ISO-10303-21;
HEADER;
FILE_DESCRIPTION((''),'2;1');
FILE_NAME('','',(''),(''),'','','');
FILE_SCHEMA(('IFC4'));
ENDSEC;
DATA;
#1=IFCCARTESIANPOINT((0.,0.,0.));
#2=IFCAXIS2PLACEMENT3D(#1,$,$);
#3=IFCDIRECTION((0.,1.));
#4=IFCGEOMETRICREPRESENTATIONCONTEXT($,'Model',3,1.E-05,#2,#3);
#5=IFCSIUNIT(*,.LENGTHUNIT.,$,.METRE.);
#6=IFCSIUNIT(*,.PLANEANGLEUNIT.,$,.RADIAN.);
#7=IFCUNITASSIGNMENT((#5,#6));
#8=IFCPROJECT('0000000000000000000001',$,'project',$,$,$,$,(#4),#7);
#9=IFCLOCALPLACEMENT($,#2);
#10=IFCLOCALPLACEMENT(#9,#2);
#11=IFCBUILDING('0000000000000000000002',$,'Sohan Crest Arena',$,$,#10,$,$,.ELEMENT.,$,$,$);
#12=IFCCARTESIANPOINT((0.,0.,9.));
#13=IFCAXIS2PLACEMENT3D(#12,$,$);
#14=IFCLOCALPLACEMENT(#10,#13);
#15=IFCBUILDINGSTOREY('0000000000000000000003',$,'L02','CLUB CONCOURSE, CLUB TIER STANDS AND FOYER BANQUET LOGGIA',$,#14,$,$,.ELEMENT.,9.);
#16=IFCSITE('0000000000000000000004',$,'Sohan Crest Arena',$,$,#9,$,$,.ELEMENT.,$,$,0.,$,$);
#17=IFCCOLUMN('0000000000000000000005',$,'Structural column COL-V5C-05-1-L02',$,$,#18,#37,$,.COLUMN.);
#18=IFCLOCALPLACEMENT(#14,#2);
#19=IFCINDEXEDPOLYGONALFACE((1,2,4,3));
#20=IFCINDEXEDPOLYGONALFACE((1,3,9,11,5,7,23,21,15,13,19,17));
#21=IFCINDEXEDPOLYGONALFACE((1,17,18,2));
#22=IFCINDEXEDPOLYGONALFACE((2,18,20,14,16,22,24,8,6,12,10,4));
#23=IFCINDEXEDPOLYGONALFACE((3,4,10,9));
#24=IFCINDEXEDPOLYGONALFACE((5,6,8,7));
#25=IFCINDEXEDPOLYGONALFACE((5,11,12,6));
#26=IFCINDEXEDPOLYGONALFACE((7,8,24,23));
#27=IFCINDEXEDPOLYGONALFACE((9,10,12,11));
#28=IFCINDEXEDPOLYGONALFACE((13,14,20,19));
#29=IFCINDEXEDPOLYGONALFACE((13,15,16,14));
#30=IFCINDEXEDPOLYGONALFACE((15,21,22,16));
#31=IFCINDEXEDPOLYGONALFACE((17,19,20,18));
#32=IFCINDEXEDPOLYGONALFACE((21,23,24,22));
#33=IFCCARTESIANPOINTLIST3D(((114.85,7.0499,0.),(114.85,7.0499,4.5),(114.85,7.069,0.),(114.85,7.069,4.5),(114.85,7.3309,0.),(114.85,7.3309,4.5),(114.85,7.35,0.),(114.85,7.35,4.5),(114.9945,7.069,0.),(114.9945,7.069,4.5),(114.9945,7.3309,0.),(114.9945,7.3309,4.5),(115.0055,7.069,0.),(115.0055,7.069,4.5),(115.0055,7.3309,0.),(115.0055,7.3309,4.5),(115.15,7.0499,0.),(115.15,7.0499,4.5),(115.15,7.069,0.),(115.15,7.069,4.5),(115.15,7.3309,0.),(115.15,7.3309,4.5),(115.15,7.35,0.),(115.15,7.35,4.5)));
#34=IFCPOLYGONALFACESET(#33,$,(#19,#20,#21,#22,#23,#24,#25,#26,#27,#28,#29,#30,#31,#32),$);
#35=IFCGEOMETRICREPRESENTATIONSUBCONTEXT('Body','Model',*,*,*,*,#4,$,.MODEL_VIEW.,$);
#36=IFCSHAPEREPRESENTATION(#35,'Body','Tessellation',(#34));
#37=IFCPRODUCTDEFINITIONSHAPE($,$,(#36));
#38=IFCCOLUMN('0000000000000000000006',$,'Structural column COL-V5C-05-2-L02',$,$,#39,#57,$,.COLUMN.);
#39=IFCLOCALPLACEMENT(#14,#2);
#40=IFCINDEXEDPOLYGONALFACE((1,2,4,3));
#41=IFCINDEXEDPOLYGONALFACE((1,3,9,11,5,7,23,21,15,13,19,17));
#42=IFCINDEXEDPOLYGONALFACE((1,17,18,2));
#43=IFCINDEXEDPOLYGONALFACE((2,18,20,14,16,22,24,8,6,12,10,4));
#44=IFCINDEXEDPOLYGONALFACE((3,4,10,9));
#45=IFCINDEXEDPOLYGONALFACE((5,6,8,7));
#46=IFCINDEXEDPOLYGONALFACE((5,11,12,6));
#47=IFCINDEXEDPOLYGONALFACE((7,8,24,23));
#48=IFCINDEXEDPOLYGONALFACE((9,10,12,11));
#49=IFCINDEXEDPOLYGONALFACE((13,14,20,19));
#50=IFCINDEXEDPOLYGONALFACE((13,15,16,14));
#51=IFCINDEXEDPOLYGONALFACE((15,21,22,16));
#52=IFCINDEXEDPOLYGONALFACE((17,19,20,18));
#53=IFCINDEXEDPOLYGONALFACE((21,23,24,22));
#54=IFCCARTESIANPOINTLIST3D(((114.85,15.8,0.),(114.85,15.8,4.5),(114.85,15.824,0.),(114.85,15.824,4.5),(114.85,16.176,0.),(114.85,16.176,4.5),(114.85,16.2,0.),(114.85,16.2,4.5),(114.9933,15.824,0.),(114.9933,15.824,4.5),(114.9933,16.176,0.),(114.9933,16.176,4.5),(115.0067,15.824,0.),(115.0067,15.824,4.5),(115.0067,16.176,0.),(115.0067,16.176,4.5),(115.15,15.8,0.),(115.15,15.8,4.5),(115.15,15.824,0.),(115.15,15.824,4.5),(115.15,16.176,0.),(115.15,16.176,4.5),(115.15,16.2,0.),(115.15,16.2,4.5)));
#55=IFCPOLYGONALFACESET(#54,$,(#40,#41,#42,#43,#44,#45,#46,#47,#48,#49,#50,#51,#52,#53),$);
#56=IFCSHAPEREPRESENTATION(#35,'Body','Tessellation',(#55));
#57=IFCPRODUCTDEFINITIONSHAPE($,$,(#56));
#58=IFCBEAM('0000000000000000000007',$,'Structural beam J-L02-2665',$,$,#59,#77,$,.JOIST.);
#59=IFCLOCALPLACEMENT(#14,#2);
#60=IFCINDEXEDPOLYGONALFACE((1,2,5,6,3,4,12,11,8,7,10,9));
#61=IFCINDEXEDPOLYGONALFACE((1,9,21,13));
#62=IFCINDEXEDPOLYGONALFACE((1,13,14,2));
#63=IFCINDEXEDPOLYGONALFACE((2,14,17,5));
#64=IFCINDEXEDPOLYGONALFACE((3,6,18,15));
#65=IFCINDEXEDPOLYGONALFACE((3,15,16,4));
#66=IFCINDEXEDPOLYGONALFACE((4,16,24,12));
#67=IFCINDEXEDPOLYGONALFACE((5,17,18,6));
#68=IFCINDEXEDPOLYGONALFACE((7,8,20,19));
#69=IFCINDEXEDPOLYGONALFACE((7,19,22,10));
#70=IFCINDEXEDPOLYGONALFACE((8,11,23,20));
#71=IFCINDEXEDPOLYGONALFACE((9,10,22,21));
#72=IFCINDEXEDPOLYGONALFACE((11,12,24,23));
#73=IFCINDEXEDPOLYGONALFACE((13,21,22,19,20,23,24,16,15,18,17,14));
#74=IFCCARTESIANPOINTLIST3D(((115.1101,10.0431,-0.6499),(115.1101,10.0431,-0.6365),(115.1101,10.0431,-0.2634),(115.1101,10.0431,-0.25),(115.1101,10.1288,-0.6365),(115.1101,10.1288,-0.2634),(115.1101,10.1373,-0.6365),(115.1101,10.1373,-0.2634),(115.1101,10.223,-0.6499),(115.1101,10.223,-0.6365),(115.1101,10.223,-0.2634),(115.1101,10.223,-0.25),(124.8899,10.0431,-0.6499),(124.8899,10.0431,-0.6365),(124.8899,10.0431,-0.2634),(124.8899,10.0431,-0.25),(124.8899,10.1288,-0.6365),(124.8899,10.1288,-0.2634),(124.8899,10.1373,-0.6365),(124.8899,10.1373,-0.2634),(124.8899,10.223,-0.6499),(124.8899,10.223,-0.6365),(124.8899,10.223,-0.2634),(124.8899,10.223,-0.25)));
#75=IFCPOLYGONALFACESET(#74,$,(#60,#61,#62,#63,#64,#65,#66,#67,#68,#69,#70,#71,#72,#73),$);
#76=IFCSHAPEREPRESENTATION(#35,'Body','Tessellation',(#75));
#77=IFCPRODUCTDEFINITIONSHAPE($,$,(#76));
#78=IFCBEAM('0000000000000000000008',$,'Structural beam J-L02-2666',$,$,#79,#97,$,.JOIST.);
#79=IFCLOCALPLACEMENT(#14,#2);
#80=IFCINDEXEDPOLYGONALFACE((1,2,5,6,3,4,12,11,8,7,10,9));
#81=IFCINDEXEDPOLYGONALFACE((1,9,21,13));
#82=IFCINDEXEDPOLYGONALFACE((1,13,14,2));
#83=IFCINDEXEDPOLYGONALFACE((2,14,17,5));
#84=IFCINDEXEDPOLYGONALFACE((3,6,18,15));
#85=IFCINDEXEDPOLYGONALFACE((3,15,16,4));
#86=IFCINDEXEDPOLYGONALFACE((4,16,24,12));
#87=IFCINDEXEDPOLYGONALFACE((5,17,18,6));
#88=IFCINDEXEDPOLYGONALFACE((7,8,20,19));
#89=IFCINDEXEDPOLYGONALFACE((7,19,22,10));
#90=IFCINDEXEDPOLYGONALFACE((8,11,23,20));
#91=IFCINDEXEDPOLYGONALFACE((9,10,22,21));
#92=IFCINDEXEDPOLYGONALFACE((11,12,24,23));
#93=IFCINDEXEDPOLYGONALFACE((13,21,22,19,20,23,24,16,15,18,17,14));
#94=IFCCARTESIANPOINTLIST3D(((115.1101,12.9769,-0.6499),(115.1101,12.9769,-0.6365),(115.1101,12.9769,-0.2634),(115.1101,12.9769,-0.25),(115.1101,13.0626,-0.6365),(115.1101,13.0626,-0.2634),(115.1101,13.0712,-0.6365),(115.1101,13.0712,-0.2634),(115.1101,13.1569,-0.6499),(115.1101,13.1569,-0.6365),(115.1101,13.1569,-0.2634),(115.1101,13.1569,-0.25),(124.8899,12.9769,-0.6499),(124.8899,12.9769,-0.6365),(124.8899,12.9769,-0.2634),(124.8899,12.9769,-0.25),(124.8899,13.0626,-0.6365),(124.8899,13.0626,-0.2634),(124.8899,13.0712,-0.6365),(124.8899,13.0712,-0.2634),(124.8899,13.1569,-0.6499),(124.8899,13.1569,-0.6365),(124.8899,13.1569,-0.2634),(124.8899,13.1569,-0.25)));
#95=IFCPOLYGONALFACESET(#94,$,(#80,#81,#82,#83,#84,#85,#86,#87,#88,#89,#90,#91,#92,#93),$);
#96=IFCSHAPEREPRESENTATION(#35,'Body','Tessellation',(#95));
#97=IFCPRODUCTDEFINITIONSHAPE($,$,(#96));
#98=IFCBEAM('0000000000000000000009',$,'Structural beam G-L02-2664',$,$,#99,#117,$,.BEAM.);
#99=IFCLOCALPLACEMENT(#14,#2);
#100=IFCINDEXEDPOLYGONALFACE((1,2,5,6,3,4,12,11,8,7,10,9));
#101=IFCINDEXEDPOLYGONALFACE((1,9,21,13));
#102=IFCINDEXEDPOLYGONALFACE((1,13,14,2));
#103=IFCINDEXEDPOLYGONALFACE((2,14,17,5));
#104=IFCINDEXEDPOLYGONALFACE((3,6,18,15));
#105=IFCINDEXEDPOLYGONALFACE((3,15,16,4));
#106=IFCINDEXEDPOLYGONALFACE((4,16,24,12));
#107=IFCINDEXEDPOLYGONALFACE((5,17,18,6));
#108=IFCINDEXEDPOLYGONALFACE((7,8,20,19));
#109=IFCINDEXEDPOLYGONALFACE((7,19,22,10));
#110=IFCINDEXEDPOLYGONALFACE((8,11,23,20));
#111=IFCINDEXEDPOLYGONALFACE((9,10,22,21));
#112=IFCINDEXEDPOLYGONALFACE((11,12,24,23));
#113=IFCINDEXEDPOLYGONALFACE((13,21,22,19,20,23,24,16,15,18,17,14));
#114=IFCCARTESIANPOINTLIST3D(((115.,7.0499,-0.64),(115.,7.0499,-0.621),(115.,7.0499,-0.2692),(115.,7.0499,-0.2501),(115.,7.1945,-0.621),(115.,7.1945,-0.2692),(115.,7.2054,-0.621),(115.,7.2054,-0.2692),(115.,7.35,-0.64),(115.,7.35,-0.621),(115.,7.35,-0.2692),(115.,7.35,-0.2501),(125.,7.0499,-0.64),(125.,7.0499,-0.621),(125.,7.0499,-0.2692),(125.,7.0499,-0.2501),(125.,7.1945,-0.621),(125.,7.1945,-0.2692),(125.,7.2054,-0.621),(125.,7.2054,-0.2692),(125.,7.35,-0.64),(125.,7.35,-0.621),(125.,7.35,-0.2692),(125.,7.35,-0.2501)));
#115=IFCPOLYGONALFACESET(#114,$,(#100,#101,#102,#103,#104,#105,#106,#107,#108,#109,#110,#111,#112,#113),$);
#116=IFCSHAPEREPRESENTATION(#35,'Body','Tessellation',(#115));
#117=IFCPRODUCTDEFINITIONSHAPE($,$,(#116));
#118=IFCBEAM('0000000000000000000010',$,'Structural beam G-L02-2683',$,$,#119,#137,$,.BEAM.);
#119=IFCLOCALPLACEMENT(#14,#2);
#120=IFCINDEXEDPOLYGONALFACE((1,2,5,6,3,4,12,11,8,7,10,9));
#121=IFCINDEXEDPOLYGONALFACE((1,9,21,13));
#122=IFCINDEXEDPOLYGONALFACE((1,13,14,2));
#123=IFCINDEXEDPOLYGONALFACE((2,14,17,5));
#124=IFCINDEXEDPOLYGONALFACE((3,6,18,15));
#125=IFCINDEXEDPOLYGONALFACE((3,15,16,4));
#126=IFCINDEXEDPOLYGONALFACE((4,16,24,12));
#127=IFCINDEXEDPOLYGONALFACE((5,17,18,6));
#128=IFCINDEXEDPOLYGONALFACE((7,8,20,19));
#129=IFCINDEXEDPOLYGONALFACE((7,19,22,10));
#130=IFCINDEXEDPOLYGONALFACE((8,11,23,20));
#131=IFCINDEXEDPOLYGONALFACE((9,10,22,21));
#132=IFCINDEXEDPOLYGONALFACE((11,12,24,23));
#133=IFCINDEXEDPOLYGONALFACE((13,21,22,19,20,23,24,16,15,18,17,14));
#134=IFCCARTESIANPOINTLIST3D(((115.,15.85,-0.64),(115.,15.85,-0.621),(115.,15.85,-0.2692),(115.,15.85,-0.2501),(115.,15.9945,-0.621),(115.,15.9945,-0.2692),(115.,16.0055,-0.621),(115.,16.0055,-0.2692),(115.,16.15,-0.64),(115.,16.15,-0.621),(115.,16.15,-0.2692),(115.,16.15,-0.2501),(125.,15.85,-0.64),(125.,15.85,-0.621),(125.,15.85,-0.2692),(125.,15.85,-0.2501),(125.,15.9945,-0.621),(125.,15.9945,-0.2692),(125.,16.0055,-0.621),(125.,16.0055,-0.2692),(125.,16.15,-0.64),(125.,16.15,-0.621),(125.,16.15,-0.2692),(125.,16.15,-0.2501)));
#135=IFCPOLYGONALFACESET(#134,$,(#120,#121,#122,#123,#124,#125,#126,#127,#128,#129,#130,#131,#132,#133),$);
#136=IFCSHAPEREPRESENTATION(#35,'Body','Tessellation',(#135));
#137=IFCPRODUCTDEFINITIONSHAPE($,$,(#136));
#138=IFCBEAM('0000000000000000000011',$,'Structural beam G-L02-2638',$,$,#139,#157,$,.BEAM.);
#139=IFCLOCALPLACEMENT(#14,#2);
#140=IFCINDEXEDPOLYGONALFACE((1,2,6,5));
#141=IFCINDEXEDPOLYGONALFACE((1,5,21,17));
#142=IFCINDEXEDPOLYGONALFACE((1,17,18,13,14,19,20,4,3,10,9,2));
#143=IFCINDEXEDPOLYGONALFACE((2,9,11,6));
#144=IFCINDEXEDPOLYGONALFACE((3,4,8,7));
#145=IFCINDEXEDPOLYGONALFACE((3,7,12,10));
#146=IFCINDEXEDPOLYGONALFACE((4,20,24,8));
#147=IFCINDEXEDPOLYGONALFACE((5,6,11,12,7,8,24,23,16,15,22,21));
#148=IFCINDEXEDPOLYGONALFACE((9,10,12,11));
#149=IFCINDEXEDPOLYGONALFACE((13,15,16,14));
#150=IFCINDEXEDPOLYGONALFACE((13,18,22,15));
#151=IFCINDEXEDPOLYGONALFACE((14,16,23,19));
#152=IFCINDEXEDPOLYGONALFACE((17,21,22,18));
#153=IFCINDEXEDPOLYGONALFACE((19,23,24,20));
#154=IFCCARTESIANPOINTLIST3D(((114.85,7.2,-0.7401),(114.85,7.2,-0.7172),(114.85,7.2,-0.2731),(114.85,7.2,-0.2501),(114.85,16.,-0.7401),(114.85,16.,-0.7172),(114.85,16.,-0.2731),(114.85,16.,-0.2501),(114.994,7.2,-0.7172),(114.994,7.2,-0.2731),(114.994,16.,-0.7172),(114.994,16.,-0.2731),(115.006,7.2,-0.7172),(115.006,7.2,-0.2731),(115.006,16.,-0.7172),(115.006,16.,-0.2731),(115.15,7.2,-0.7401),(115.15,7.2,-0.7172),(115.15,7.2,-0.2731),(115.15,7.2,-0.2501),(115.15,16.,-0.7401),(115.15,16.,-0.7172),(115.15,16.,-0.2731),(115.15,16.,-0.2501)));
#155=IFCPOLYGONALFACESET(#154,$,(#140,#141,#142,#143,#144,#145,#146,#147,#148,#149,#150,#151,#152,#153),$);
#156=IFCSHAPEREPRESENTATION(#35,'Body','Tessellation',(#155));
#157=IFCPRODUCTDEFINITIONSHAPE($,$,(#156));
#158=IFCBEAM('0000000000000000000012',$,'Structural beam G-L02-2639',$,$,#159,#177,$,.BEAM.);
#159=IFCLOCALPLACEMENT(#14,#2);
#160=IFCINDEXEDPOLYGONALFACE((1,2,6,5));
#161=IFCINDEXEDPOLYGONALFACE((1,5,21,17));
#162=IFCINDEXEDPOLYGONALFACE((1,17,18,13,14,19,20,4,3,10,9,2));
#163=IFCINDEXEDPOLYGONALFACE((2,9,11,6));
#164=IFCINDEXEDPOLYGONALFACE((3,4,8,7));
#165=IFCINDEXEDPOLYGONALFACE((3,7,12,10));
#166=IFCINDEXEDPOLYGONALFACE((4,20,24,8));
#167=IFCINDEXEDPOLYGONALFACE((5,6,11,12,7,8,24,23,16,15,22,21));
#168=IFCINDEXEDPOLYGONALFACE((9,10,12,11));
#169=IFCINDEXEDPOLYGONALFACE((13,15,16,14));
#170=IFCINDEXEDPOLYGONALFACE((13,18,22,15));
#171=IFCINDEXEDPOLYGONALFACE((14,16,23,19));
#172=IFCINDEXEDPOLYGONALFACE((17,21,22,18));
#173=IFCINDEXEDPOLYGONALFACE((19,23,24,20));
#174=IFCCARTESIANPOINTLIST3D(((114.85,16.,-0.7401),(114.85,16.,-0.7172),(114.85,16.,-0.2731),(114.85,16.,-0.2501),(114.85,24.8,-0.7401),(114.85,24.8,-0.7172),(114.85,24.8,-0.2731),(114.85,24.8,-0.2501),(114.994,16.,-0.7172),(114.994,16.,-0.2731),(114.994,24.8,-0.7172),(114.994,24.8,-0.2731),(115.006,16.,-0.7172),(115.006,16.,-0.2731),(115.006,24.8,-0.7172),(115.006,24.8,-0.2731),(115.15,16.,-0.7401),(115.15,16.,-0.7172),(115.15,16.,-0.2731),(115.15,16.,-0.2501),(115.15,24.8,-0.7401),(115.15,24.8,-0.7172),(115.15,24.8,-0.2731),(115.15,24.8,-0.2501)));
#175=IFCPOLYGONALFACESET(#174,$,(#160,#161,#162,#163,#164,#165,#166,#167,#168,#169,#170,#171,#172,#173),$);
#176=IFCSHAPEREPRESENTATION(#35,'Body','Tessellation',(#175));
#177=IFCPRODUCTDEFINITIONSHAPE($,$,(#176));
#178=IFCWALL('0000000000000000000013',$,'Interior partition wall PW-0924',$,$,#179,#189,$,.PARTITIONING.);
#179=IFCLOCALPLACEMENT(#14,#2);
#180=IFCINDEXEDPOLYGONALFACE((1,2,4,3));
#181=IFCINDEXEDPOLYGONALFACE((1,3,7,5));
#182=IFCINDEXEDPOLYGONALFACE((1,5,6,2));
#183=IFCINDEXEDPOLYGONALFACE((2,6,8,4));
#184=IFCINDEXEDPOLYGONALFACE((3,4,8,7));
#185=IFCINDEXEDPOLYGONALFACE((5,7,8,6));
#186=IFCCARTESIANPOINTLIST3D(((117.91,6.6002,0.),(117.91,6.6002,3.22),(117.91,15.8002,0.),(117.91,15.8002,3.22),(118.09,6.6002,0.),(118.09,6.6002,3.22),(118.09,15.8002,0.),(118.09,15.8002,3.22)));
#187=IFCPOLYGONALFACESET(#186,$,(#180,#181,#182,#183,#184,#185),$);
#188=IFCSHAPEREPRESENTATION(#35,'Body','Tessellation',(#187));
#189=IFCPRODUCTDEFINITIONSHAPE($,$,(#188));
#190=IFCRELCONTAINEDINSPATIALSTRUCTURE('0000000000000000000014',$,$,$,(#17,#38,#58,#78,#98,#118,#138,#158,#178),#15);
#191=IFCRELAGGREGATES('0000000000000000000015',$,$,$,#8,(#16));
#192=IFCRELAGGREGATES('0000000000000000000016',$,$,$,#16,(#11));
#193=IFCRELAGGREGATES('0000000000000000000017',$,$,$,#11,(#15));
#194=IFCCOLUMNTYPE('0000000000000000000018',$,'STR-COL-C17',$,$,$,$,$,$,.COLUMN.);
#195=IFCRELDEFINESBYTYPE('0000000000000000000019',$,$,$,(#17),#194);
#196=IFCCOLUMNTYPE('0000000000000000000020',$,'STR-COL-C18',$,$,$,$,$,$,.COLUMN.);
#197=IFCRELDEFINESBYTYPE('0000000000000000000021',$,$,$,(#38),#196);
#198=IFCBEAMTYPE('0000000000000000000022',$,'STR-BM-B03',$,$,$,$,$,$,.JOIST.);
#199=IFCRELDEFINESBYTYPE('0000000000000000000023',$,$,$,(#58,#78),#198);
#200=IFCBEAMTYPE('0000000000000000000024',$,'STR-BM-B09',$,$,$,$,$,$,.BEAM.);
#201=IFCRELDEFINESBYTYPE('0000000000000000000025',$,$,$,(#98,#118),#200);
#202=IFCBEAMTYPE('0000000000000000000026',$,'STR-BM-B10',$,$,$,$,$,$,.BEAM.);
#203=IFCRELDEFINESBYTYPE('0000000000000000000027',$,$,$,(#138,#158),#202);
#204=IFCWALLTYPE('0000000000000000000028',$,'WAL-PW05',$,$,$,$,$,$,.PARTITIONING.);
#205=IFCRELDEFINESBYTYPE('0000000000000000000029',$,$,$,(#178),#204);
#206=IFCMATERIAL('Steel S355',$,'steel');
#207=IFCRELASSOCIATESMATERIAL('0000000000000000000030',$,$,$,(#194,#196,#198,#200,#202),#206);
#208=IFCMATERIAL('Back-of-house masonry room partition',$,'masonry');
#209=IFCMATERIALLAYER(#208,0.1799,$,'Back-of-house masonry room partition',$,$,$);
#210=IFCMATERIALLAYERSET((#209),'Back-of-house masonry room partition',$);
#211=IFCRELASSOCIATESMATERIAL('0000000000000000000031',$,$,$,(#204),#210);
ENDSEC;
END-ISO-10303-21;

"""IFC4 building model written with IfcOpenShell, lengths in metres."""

from ifc_helpers import new_model, si_unit, direction, frame, frame_2d, origin, origin_2d, place, context, subcontext, project, spatial, rectangle, i_section, extrude, material, layer, layer_set, material_profile, profile_set, type_object, element, save


model = new_model("IFC4")

# Units and contexts
model_context = context("Model", 3, precision=1e-05, world=origin(), true_north=direction((0.0, 1.0)))
body_context = subcontext(model_context, "Body", "Model", "MODEL_VIEW")
ifc_project = project(units=[si_unit("LENGTHUNIT", "METRE"), si_unit("PLANEANGLEUNIT", "RADIAN")], contexts=[model_context])

# Site, building, storey
site_placement = place(None, origin())
site = spatial("IfcSite", under=ifc_project, at=site_placement, Name="Sohan Crest Arena", CompositionType="ELEMENT", RefElevation=0.0)
building_placement = place(site_placement, origin())
building = spatial("IfcBuilding", under=site, at=building_placement, Name="Sohan Crest Arena", CompositionType="ELEMENT")
storey_placement = place(building_placement, frame((0.0, 0.0, 9.0)))
storey = spatial("IfcBuildingStorey", under=building, at=storey_placement, Name="L02", Description="CLUB CONCOURSE, CLUB TIER STANDS AND FOYER BANQUET LOGGIA", CompositionType="ELEMENT", Elevation=9.0)

# Columns
ifc_material_1 = material(Name="Steel S355", Category="steel")
ifc_material_profile_1 = material_profile(ifc_material_1, i_section(OverallWidth=0.3, OverallDepth=0.3, WebThickness=0.011, FlangeThickness=0.019, at=origin_2d()), Name="HEB 300")
ifc_profile_set_1 = profile_set([ifc_material_profile_1], Name="Steel S355")
column_type_1 = type_object("IfcColumnType", Name="STR-COL-C17", PredefinedType="COLUMN", material=ifc_profile_set_1)
column_1_placement = place(storey_placement, frame((115.0, 7.2, 0.0), z_axis=(0.0, 0.0, 1.0), x_axis=(1.0, 0.0, 0.0)))
element("IfcColumn", 1, at=column_1_placement, inside=storey, type_object=column_type_1, Name="Structural column COL-V5C-05-1-L02", PredefinedType="COLUMN", context=body_context, shape_type="SweptSolid", body=[
    extrude(i_section(OverallWidth=0.3, OverallDepth=0.3, WebThickness=0.011, FlangeThickness=0.019, at=origin_2d()), origin(), (0.0, 0.0, 1.0), 4.5),
])
ifc_material_profile_2 = material_profile(ifc_material_1, i_section(OverallWidth=0.3, OverallDepth=0.3999, WebThickness=0.0134, FlangeThickness=0.0239, at=origin_2d()), Name="HEB 400")
ifc_profile_set_2 = profile_set([ifc_material_profile_2], Name="Steel S355")
column_type_2 = type_object("IfcColumnType", Name="STR-COL-C18", PredefinedType="COLUMN", material=ifc_profile_set_2)
column_2_placement = place(storey_placement, frame((115.0, 16.0, 0.0), z_axis=(0.0, 0.0, 1.0), x_axis=(1.0, 0.0, 0.0)))
element("IfcColumn", 2, at=column_2_placement, inside=storey, type_object=column_type_2, Name="Structural column COL-V5C-05-2-L02", PredefinedType="COLUMN", context=body_context, shape_type="SweptSolid", body=[
    extrude(i_section(OverallWidth=0.3, OverallDepth=0.3999, WebThickness=0.0134, FlangeThickness=0.0239, at=origin_2d()), origin(), (0.0, 0.0, 1.0), 4.5),
])

# Beams
ifc_material_profile_3 = material_profile(ifc_material_1, i_section(OverallWidth=0.1799, OverallDepth=0.3999, WebThickness=0.0085, FlangeThickness=0.0134, at=origin_2d()), Name="IPE 400")
ifc_profile_set_3 = profile_set([ifc_material_profile_3], Name="Steel S355")
beam_type_1 = type_object("IfcBeamType", Name="STR-BM-B03", PredefinedType="JOIST", material=ifc_profile_set_3)
for number, where, z_axis, x_axis, name in (
    (3, (115.1101, 10.1331, -0.45), (1.0, 0.0, 0.0), (0.0, 1.0, 0.0), "Structural beam J-L02-2665"),
    (4, (115.1101, 13.0669, -0.45), (1.0, 0.0, 0.0), (0.0, 1.0, 0.0), "Structural beam J-L02-2666"),
):
    element("IfcBeam", number, at=place(storey_placement, frame(where, z_axis=z_axis, x_axis=x_axis)), inside=storey, type_object=beam_type_1, Name=name, PredefinedType="JOIST", context=body_context, shape_type="SweptSolid", body=[
        extrude(i_section(OverallWidth=0.1799, OverallDepth=0.3999, WebThickness=0.0085, FlangeThickness=0.0134, at=origin_2d()), origin(), (0.0, 0.0, 1.0), 9.7798),
    ])
ifc_material_profile_4 = material_profile(ifc_material_1, i_section(OverallWidth=0.3, OverallDepth=0.3899, WebThickness=0.011, FlangeThickness=0.019, at=origin_2d()), Name="HEA 400")
ifc_profile_set_4 = profile_set([ifc_material_profile_4], Name="Steel S355")
beam_type_2 = type_object("IfcBeamType", Name="STR-BM-B09", PredefinedType="BEAM", material=ifc_profile_set_4)
for number, where, z_axis, x_axis, name in (
    (5, (115.0, 7.2, -0.4451), (1.0, 0.0, 0.0), (0.0, 1.0, 0.0), "Structural beam G-L02-2664"),
    (6, (115.0, 16.0, -0.4451), (1.0, 0.0, 0.0), (0.0, 1.0, 0.0), "Structural beam G-L02-2683"),
):
    element("IfcBeam", number, at=place(storey_placement, frame(where, z_axis=z_axis, x_axis=x_axis)), inside=storey, type_object=beam_type_2, Name=name, PredefinedType="BEAM", context=body_context, shape_type="SweptSolid", body=[
        extrude(i_section(OverallWidth=0.3, OverallDepth=0.3899, WebThickness=0.011, FlangeThickness=0.019, at=origin_2d()), origin(), (0.0, 0.0, 1.0), 10.0),
    ])
ifc_material_profile_5 = material_profile(ifc_material_1, i_section(OverallWidth=0.3, OverallDepth=0.49, WebThickness=0.012, FlangeThickness=0.0229, at=origin_2d()), Name="HEA 500")
ifc_profile_set_5 = profile_set([ifc_material_profile_5], Name="Steel S355")
beam_type_3 = type_object("IfcBeamType", Name="STR-BM-B10", PredefinedType="BEAM", material=ifc_profile_set_5)
for number, where, z_axis, x_axis, name in (
    (7, (115.0, 7.2, -0.4951), (0.0, 1.0, 0.0), (-1.0, 0.0, 0.0), "Structural beam G-L02-2638"),
    (8, (115.0, 16.0, -0.4951), (0.0, 1.0, 0.0), (-1.0, 0.0, 0.0), "Structural beam G-L02-2639"),
):
    element("IfcBeam", number, at=place(storey_placement, frame(where, z_axis=z_axis, x_axis=x_axis)), inside=storey, type_object=beam_type_3, Name=name, PredefinedType="BEAM", context=body_context, shape_type="SweptSolid", body=[
        extrude(i_section(OverallWidth=0.3, OverallDepth=0.49, WebThickness=0.012, FlangeThickness=0.0229, at=origin_2d()), origin(), (0.0, 0.0, 1.0), 8.8),
    ])

# Wall
ifc_material_2 = material(Name="Back-of-house masonry room partition", Category="masonry")
ifc_layer_1 = layer(ifc_material_2, 0.1799, Name="Back-of-house masonry room partition")
ifc_layer_set_1 = layer_set([ifc_layer_1], Name="Back-of-house masonry room partition")
wall_type_1 = type_object("IfcWallType", Name="WAL-PW05", PredefinedType="PARTITIONING", material=ifc_layer_set_1)
wall_1_placement = place(storey_placement, frame((118.0, 6.6001, 0.0), z_axis=(0.0, 0.0, 1.0), x_axis=(0.0, 1.0, 0.0)))
element("IfcWall", 9, at=wall_1_placement, inside=storey, type_object=wall_type_1, Name="Interior partition wall PW-0924", PredefinedType="PARTITIONING", context=body_context, shape_type="SweptSolid", body=[
    extrude(rectangle(XDim=9.2, YDim=0.1799, at=frame_2d((4.6001, 0.0))), origin(), (0.0, 0.0, 1.0), 3.22),
])

save(model, "model.ifc")
